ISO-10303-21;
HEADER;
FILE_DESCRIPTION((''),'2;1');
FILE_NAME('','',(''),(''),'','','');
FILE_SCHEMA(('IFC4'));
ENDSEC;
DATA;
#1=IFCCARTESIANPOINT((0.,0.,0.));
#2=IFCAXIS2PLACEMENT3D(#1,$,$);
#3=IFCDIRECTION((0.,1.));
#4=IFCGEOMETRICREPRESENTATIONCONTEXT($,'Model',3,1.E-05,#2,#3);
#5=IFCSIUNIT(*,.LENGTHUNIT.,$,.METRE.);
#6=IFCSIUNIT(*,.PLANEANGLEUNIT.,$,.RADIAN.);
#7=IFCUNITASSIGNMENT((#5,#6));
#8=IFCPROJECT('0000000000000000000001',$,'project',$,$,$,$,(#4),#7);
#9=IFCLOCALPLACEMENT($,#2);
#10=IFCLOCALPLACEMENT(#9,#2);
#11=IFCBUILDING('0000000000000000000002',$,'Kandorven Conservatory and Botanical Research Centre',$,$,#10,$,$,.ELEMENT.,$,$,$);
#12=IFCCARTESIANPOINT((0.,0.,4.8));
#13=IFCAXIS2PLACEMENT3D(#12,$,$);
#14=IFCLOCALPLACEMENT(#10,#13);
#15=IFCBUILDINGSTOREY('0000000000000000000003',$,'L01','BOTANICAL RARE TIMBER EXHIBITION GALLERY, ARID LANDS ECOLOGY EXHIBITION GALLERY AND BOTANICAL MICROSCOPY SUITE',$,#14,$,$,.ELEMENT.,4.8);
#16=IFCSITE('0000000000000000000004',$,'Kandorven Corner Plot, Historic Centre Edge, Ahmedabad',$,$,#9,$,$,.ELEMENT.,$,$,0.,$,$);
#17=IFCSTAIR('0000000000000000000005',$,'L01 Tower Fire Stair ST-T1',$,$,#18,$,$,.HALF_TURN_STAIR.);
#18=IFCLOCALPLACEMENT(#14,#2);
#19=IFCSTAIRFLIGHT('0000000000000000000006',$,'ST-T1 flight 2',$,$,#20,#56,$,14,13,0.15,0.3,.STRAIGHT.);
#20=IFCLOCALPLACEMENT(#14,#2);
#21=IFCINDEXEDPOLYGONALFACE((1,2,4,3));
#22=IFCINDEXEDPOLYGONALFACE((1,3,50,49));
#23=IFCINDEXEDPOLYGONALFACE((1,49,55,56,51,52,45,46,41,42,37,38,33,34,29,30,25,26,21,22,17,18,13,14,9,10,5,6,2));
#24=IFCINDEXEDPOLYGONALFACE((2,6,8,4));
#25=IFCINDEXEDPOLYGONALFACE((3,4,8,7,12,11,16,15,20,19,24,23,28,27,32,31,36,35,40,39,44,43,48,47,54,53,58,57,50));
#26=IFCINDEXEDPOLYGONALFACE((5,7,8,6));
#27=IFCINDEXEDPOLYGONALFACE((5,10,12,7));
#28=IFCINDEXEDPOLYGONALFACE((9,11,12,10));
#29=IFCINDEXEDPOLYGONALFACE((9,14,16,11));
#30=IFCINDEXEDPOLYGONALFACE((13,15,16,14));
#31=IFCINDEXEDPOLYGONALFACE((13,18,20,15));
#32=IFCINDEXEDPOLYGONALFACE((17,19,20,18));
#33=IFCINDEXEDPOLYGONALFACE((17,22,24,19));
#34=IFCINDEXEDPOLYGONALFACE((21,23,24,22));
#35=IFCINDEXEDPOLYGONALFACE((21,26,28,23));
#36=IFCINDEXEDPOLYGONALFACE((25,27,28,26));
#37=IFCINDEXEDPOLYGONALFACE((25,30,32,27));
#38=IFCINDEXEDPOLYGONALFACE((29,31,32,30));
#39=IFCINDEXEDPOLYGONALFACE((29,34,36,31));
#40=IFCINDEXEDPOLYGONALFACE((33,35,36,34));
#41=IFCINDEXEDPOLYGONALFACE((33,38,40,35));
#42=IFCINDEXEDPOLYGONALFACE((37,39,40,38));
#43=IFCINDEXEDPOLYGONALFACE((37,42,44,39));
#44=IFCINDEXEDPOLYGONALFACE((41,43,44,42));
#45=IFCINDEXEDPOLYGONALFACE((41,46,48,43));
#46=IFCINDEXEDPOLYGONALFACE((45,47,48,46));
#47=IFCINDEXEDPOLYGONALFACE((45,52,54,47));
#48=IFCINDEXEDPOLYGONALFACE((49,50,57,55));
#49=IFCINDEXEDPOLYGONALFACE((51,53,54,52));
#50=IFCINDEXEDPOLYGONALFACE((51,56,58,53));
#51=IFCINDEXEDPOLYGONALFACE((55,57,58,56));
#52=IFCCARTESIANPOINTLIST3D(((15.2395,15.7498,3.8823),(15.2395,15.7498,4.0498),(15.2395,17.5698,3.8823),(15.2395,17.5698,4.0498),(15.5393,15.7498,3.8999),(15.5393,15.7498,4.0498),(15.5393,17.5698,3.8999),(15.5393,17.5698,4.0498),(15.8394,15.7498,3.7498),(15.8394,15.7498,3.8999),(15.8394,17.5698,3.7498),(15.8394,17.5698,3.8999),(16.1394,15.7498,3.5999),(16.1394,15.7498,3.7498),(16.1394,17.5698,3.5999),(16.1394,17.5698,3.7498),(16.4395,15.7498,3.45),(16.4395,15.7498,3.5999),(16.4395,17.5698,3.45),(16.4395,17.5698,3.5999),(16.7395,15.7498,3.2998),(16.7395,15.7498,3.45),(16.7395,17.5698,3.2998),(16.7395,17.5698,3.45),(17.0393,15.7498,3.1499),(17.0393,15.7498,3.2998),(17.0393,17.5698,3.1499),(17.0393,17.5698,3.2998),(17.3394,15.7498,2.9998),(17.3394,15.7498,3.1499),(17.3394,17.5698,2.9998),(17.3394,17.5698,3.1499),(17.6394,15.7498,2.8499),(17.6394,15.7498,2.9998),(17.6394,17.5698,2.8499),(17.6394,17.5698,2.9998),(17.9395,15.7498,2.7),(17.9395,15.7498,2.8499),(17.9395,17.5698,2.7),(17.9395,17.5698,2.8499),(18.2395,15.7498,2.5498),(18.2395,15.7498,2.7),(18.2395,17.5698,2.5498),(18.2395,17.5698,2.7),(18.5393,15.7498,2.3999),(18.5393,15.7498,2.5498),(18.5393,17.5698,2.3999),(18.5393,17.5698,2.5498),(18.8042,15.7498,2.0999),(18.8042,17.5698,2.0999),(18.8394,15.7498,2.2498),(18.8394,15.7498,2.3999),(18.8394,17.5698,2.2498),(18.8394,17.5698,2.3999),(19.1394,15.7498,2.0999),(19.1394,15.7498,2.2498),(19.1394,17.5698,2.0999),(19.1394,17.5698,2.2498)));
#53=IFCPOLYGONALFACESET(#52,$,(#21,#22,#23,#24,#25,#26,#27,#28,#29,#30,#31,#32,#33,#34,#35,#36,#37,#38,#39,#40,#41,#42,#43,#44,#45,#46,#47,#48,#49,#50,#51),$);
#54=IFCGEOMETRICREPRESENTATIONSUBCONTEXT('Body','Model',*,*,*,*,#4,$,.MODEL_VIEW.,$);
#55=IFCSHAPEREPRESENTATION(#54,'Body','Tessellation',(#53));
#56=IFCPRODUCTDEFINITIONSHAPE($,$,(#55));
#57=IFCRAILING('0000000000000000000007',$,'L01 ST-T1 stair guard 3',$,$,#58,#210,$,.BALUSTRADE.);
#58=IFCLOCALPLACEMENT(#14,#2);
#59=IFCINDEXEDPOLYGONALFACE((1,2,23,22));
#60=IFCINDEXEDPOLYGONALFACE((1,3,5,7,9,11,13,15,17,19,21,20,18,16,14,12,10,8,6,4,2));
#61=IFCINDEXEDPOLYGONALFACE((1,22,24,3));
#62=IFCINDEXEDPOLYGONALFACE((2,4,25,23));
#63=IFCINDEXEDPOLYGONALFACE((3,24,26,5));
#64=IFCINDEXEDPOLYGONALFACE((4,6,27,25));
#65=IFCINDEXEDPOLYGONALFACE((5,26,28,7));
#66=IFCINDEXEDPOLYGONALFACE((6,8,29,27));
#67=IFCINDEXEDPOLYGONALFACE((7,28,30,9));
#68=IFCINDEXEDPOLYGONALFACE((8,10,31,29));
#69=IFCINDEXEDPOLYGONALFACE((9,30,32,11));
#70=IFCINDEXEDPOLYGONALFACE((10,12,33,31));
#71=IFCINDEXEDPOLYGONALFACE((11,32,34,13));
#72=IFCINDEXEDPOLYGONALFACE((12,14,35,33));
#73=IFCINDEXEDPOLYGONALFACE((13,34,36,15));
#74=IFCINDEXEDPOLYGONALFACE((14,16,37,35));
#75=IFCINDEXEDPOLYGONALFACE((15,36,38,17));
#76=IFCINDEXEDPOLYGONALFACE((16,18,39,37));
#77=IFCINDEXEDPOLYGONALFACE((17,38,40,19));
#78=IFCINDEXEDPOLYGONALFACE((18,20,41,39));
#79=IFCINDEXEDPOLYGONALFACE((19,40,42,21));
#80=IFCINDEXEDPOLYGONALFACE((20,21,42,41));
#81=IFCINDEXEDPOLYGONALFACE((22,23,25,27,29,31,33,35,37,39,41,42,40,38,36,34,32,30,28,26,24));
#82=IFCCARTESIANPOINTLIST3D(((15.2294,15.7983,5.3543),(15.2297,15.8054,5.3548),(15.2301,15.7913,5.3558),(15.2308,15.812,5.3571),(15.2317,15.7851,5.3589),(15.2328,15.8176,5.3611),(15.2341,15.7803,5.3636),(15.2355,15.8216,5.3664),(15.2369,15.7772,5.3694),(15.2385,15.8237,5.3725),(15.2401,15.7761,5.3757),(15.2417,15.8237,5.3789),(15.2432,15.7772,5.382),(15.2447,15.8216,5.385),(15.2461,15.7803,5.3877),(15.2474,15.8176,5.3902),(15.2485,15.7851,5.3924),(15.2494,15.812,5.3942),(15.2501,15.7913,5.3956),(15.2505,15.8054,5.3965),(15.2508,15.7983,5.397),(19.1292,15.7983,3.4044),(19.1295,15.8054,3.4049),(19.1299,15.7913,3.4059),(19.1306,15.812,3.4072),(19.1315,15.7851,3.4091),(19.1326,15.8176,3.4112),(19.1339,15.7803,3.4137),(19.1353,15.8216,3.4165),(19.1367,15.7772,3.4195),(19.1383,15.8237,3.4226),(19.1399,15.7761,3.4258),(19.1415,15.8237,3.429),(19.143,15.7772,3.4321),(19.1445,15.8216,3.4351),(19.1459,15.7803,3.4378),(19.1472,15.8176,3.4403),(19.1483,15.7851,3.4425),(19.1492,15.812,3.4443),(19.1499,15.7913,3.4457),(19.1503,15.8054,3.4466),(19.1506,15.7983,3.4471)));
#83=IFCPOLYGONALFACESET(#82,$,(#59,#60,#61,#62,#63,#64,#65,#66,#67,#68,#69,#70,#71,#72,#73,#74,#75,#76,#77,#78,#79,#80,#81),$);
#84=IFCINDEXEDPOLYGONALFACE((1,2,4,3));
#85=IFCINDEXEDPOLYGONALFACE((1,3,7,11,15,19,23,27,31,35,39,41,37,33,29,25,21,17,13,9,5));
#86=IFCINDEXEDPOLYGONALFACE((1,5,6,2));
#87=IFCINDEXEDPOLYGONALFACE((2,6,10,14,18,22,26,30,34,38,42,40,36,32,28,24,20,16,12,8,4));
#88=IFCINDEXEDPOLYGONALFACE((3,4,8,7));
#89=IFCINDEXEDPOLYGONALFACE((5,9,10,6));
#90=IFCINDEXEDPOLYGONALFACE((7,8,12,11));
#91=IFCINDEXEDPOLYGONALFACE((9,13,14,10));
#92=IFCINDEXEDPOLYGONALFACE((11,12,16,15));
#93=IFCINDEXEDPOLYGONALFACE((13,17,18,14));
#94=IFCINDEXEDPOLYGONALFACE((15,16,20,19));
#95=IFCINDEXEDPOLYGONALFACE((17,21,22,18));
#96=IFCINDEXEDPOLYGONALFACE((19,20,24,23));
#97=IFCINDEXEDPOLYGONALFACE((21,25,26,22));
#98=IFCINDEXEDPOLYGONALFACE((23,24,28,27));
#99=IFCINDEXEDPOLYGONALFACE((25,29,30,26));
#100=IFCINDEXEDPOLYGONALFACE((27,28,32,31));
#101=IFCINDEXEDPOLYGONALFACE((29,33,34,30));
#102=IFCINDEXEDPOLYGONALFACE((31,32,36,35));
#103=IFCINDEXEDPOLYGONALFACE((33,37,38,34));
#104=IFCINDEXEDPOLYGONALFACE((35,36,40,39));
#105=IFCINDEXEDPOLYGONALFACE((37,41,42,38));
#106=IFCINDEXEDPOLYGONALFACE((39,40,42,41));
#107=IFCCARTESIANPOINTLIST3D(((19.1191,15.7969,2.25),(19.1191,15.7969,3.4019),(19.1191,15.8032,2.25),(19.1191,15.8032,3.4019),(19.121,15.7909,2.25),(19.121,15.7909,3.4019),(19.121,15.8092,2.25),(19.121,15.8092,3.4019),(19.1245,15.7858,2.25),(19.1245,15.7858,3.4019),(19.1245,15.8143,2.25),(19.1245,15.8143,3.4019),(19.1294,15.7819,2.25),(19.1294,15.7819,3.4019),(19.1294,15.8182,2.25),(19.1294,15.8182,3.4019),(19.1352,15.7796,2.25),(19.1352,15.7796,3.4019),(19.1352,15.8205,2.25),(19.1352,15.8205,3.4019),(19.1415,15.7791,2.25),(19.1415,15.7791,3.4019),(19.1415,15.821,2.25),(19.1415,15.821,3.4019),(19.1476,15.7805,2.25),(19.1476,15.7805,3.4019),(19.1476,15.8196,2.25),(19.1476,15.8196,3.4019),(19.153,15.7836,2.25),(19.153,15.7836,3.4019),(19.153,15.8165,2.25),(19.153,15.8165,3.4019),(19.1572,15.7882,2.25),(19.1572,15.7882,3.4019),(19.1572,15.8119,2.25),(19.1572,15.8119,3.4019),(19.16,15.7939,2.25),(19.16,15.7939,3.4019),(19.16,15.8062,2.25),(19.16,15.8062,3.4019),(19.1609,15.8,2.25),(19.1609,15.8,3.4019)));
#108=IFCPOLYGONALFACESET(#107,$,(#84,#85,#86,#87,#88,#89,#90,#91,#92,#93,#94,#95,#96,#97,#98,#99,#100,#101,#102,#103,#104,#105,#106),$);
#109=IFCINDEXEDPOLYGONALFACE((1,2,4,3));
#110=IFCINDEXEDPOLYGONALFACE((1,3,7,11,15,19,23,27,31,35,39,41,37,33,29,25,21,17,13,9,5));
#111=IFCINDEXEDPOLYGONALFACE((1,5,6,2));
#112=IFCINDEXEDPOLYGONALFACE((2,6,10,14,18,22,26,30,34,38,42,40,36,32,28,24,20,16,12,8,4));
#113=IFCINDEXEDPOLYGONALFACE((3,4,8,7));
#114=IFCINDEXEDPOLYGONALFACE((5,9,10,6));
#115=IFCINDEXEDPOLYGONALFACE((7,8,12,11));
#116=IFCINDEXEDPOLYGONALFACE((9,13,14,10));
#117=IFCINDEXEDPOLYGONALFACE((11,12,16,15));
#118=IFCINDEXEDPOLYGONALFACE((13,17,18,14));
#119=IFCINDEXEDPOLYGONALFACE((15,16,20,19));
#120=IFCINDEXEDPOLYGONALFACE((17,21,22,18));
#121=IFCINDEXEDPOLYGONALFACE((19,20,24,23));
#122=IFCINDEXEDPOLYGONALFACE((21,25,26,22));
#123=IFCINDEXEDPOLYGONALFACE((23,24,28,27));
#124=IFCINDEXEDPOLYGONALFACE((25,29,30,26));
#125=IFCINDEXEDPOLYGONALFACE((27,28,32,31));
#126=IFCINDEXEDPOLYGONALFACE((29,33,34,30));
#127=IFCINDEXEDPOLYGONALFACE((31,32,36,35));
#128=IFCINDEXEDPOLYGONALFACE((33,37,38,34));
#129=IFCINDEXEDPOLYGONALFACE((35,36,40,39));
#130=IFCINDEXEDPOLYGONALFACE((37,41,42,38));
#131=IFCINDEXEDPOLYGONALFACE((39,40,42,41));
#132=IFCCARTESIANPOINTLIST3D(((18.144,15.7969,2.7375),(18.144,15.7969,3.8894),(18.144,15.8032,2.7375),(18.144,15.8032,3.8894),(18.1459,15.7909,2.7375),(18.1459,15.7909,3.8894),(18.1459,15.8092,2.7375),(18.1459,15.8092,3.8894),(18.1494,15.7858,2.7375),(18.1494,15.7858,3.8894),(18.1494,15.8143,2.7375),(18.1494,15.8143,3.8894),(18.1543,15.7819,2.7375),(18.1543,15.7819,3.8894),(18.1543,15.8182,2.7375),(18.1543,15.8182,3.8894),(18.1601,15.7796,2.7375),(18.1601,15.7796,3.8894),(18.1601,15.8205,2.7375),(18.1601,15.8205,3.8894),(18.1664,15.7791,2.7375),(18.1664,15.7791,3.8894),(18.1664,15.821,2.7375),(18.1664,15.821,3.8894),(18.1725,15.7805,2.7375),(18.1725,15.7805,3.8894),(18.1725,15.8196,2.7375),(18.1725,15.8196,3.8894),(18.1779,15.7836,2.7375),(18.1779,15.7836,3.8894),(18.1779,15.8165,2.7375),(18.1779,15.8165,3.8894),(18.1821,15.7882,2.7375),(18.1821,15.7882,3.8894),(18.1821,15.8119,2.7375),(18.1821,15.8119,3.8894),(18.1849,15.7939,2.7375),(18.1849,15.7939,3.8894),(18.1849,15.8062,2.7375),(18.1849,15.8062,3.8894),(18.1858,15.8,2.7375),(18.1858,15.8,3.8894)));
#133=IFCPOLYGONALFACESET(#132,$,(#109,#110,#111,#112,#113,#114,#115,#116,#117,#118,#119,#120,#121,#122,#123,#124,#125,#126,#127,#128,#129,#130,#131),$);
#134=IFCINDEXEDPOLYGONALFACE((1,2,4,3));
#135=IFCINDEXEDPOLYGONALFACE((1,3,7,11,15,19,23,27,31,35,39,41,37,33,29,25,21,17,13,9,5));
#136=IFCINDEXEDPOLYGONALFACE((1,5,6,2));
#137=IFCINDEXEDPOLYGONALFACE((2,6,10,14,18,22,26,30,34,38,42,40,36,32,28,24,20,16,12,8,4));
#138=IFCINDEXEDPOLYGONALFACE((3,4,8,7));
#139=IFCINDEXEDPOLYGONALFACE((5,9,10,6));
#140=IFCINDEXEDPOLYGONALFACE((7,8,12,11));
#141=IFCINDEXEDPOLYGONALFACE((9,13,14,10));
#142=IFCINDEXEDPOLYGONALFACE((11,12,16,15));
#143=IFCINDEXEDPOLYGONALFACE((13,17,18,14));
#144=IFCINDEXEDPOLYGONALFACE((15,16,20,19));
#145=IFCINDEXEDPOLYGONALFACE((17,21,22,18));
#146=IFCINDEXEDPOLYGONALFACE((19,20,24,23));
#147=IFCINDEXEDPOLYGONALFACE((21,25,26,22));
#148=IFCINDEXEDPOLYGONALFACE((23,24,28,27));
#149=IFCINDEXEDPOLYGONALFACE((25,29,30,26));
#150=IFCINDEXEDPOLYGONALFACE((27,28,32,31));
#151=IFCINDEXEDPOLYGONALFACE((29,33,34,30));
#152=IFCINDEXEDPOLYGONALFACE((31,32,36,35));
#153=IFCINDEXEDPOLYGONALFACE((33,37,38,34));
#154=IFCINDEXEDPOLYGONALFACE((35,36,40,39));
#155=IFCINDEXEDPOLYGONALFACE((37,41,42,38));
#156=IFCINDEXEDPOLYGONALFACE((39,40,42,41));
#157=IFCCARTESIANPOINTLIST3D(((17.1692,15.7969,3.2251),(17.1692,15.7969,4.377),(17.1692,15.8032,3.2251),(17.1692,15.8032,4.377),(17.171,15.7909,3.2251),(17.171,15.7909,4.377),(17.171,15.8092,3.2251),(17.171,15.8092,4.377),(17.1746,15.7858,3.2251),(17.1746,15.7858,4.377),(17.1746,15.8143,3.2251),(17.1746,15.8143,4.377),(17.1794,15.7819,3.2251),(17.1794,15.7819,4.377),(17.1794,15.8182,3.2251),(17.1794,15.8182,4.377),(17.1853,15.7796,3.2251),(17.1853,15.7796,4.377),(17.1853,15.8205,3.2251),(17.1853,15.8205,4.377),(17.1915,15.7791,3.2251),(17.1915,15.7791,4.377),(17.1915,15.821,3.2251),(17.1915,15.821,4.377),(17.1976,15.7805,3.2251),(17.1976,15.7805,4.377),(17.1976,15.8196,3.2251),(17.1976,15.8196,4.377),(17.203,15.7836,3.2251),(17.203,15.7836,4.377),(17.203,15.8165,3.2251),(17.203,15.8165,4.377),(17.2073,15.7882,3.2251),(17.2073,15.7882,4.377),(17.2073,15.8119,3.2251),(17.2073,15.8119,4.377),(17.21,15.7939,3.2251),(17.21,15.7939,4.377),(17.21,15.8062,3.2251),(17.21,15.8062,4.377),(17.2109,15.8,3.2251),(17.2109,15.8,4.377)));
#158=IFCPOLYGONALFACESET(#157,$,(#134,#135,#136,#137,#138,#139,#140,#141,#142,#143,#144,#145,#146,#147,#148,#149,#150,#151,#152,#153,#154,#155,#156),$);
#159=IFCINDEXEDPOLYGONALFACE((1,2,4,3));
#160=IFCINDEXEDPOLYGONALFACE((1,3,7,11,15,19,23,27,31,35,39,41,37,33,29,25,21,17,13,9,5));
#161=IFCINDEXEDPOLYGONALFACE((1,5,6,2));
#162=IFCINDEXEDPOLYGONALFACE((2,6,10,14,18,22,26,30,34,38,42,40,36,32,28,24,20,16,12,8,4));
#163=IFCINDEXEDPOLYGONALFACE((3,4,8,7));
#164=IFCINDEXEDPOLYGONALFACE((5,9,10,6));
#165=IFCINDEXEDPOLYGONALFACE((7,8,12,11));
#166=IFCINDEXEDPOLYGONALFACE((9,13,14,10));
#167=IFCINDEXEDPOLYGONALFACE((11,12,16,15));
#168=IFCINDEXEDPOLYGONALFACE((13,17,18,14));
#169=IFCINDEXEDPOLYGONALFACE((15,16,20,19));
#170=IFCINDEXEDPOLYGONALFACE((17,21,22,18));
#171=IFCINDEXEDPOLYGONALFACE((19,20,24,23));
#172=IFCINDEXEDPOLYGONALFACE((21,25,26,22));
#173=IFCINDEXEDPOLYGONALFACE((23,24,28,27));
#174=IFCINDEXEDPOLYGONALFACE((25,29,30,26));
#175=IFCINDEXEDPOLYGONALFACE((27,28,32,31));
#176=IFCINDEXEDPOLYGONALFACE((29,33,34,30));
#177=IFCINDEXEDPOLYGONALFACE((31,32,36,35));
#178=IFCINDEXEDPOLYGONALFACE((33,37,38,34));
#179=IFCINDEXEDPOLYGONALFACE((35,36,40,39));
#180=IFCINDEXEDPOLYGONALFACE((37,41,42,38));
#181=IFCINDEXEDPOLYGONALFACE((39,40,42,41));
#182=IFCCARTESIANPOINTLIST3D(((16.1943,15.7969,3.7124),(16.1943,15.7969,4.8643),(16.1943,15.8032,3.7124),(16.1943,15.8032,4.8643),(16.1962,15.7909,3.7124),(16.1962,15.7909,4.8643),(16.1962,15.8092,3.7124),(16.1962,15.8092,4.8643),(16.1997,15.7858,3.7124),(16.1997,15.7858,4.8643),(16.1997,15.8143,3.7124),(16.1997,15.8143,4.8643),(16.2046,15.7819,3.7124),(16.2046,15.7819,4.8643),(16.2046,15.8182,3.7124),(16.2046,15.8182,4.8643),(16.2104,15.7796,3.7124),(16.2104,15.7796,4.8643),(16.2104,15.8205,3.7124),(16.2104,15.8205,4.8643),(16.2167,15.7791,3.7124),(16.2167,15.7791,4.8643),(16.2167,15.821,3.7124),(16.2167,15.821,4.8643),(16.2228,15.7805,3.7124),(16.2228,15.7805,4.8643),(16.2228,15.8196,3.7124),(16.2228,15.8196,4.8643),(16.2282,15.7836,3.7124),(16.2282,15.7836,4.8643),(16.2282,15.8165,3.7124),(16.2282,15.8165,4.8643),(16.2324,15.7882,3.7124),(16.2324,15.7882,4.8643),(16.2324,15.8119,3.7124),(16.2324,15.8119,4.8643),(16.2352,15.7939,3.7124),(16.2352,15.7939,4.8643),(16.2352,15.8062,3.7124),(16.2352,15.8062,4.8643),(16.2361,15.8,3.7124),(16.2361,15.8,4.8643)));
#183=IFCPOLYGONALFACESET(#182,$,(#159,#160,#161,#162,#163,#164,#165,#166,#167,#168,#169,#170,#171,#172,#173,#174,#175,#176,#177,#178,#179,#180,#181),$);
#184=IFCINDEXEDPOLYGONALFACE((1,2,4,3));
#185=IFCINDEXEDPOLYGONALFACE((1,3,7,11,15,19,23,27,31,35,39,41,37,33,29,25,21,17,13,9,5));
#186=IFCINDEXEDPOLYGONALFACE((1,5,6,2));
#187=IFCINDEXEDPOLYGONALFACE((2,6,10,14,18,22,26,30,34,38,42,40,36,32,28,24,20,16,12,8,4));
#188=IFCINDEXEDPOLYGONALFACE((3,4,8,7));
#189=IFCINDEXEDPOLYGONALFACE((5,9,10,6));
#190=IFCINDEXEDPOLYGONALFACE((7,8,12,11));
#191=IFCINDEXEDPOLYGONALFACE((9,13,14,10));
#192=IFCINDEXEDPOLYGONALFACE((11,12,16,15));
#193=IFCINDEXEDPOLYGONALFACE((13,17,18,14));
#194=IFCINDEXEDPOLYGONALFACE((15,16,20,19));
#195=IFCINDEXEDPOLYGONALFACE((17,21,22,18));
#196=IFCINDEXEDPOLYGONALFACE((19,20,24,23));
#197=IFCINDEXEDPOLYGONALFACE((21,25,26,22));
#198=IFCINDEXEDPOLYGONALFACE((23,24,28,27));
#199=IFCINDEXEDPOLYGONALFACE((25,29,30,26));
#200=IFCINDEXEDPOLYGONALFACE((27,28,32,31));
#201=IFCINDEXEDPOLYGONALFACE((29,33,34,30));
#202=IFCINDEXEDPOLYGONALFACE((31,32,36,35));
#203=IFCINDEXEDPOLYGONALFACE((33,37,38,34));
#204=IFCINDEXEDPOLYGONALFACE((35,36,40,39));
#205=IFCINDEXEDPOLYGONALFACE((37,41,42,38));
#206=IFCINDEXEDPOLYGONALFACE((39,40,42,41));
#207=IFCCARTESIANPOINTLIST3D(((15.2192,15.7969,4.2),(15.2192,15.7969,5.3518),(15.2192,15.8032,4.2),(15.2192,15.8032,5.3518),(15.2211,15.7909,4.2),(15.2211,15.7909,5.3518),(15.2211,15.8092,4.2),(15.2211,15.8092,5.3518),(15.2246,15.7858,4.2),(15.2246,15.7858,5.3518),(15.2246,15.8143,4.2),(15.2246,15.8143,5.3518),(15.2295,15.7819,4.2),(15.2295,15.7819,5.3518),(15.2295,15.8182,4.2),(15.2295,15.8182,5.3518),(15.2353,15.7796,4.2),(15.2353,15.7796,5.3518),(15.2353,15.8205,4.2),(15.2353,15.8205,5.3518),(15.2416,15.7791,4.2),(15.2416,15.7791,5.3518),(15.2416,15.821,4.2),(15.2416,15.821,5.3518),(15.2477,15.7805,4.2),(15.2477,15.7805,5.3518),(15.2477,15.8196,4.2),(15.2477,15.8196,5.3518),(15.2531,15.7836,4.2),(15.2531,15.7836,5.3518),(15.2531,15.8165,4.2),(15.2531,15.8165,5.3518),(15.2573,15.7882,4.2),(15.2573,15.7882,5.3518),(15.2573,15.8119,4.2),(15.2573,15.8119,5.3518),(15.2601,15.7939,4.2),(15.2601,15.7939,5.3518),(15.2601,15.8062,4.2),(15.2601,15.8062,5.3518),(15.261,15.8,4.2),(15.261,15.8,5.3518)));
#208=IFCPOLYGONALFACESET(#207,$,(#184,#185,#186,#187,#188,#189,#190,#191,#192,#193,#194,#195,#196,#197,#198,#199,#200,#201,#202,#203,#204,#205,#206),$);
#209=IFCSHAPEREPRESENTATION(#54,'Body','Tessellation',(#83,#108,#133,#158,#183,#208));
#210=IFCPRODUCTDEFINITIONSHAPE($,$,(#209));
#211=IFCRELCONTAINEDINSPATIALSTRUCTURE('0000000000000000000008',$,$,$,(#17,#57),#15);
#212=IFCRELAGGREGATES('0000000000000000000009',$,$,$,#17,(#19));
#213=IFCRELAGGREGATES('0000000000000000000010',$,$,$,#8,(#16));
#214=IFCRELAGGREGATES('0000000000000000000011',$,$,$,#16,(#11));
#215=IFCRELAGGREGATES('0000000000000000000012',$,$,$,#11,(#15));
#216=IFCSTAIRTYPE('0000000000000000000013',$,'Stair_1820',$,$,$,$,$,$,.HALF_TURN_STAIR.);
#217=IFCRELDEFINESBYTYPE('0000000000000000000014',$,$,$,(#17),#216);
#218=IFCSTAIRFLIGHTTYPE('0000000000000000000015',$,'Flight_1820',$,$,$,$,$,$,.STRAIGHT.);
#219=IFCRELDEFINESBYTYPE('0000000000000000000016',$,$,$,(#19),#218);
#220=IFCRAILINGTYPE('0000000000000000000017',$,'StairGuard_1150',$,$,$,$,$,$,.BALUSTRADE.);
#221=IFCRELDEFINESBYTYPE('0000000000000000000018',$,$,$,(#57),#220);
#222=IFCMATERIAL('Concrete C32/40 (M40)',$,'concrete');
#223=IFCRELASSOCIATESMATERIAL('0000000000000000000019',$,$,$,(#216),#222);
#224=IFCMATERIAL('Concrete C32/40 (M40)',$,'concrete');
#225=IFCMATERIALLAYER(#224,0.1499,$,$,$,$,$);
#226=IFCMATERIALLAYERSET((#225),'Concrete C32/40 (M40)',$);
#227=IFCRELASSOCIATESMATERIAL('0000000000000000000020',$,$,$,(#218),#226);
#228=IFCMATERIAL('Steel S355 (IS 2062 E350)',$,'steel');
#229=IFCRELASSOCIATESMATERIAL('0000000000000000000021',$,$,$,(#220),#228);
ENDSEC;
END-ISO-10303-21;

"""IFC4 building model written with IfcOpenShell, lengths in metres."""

from ifc_helpers import new_model, si_unit, direction, frame, origin, origin_2d, place, context, subcontext, project, spatial, polyline, circle, outline, extrude, material, layer, layer_set, type_object, element, aggregate, save


model = new_model("IFC4")

# Units and contexts
model_context = context("Model", 3, precision=1e-05, world=origin(), true_north=direction((0.0, 1.0)))
body_context = subcontext(model_context, "Body", "Model", "MODEL_VIEW")
ifc_project = project(units=[si_unit("LENGTHUNIT", "METRE"), si_unit("PLANEANGLEUNIT", "RADIAN")], contexts=[model_context])

# Site, building, storey
site_placement = place(None, origin())
site = spatial("IfcSite", under=ifc_project, at=site_placement, Name="Kandorven Corner Plot, Historic Centre Edge, Ahmedabad", CompositionType="ELEMENT", RefElevation=0.0)
building_placement = place(site_placement, origin())
building = spatial("IfcBuilding", under=site, at=building_placement, Name="Kandorven Conservatory and Botanical Research Centre", CompositionType="ELEMENT")
storey_placement = place(building_placement, frame((0.0, 0.0, 4.8)))
storey = spatial("IfcBuildingStorey", under=building, at=storey_placement, Name="L01", Description="BOTANICAL RARE TIMBER EXHIBITION GALLERY, ARID LANDS ECOLOGY EXHIBITION GALLERY AND BOTANICAL MICROSCOPY SUITE", CompositionType="ELEMENT", Elevation=4.8)

# Stair, stair flight
ifc_material_1 = material(Name="Concrete C32/40 (M40)", Category="concrete")
stair_type = type_object("IfcStairType", Name="Stair_1820", PredefinedType="HALF_TURN_STAIR", material=ifc_material_1)
stair_placement = place(storey_placement, origin())
stair = element("IfcStair", 1, at=stair_placement, inside=storey, type_object=stair_type, Name="L01 Tower Fire Stair ST-T1", PredefinedType="HALF_TURN_STAIR")
ifc_material_2 = material(Name="Concrete C32/40 (M40)", Category="concrete")
ifc_layer_1 = layer(ifc_material_2, 0.1499)
ifc_layer_set_1 = layer_set([ifc_layer_1], Name="Concrete C32/40 (M40)")
stair_flight_type = type_object("IfcStairFlightType", Name="Flight_1820", PredefinedType="STRAIGHT", material=ifc_layer_set_1)
stair_flight_placement = place(storey_placement, frame((19.1394, 16.6599, 2.0999), z_axis=(0.0, 0.0, 1.0), x_axis=(-1.0, 0.0, 0.0)))
stair_flight = element("IfcStairFlight", 2, at=stair_flight_placement, type_object=stair_flight_type, Name="ST-T1 flight 2", NumberOfRisers=14, NumberOfTreads=13, PredefinedType="STRAIGHT", RiserHeight=0.15, TreadLength=0.3, context=body_context, shape_type="SweptSolid", body=[
    extrude(outline(polyline([(0.0, 0.0), (0.0, 0.1499), (0.3, 0.1499), (0.3, 0.3), (0.6001, 0.3), (0.6001, 0.45), (0.8999, 0.45), (0.8999, 0.6001), (1.2, 0.6001), (1.2, 0.75), (1.5, 0.75), (1.5, 0.8999), (1.8, 0.8999), (1.8, 1.05), (2.1001, 1.05), (2.1001, 1.2), (2.3999, 1.2), (2.3999, 1.3501), (2.7, 1.3501), (2.7, 1.5), (3.0, 1.5), (3.0, 1.6499), (3.3, 1.6499), (3.3, 1.8), (3.6001, 1.8), (3.6001, 1.95), (3.8999, 1.95), (3.8999, 2.1001), (3.8999, 1.7825), (0.3352, 0.0), (0.0, 0.0)])), frame((0.0, 0.9102, 0.0), z_axis=(0.0, -1.0, 0.0), x_axis=(1.0, 0.0, 0.0)), (0.0, 0.0, 1.0), 1.8201),
])
aggregate(stair, [stair_flight])

# Railing
ifc_material_3 = material(Name="Steel S355 (IS 2062 E350)", Category="steel")
railing_type_1 = type_object("IfcRailingType", Name="StairGuard_1150", PredefinedType="BALUSTRADE", material=ifc_material_3)
railing_1_placement = place(storey_placement, frame((19.1399, 15.8, 2.25)))
element("IfcRailing", 3, at=railing_1_placement, inside=storey, type_object=railing_type_1, Name="L01 ST-T1 stair guard 3", PredefinedType="BALUSTRADE", context=body_context, shape_type="SweptSolid", body=[
    extrude(circle(Radius=0.0239, at=origin_2d()), frame((0.0, 0.0, 1.1758), z_axis=(-0.894427, 0.0, 0.447214), x_axis=(0.0, -1.0, 0.0)), (0.0, 0.0, 1.0), 4.3601),
    extrude(circle(Radius=0.021, at=origin_2d()), origin(), (0.0, 0.0, 1.0), 1.1519),
    extrude(circle(Radius=0.021, at=origin_2d()), frame((-0.9751, 0.0, 0.4875)), (0.0, 0.0, 1.0), 1.1519),
    extrude(circle(Radius=0.021, at=origin_2d()), frame((-1.95, 0.0, 0.9751)), (0.0, 0.0, 1.0), 1.1519),
    extrude(circle(Radius=0.021, at=origin_2d()), frame((-2.9248, 0.0, 1.4624)), (0.0, 0.0, 1.0), 1.1519),
    extrude(circle(Radius=0.021, at=origin_2d()), frame((-3.8999, 0.0, 1.95)), (0.0, 0.0, 1.0), 1.1519),
])

save(model, "model.ifc")
